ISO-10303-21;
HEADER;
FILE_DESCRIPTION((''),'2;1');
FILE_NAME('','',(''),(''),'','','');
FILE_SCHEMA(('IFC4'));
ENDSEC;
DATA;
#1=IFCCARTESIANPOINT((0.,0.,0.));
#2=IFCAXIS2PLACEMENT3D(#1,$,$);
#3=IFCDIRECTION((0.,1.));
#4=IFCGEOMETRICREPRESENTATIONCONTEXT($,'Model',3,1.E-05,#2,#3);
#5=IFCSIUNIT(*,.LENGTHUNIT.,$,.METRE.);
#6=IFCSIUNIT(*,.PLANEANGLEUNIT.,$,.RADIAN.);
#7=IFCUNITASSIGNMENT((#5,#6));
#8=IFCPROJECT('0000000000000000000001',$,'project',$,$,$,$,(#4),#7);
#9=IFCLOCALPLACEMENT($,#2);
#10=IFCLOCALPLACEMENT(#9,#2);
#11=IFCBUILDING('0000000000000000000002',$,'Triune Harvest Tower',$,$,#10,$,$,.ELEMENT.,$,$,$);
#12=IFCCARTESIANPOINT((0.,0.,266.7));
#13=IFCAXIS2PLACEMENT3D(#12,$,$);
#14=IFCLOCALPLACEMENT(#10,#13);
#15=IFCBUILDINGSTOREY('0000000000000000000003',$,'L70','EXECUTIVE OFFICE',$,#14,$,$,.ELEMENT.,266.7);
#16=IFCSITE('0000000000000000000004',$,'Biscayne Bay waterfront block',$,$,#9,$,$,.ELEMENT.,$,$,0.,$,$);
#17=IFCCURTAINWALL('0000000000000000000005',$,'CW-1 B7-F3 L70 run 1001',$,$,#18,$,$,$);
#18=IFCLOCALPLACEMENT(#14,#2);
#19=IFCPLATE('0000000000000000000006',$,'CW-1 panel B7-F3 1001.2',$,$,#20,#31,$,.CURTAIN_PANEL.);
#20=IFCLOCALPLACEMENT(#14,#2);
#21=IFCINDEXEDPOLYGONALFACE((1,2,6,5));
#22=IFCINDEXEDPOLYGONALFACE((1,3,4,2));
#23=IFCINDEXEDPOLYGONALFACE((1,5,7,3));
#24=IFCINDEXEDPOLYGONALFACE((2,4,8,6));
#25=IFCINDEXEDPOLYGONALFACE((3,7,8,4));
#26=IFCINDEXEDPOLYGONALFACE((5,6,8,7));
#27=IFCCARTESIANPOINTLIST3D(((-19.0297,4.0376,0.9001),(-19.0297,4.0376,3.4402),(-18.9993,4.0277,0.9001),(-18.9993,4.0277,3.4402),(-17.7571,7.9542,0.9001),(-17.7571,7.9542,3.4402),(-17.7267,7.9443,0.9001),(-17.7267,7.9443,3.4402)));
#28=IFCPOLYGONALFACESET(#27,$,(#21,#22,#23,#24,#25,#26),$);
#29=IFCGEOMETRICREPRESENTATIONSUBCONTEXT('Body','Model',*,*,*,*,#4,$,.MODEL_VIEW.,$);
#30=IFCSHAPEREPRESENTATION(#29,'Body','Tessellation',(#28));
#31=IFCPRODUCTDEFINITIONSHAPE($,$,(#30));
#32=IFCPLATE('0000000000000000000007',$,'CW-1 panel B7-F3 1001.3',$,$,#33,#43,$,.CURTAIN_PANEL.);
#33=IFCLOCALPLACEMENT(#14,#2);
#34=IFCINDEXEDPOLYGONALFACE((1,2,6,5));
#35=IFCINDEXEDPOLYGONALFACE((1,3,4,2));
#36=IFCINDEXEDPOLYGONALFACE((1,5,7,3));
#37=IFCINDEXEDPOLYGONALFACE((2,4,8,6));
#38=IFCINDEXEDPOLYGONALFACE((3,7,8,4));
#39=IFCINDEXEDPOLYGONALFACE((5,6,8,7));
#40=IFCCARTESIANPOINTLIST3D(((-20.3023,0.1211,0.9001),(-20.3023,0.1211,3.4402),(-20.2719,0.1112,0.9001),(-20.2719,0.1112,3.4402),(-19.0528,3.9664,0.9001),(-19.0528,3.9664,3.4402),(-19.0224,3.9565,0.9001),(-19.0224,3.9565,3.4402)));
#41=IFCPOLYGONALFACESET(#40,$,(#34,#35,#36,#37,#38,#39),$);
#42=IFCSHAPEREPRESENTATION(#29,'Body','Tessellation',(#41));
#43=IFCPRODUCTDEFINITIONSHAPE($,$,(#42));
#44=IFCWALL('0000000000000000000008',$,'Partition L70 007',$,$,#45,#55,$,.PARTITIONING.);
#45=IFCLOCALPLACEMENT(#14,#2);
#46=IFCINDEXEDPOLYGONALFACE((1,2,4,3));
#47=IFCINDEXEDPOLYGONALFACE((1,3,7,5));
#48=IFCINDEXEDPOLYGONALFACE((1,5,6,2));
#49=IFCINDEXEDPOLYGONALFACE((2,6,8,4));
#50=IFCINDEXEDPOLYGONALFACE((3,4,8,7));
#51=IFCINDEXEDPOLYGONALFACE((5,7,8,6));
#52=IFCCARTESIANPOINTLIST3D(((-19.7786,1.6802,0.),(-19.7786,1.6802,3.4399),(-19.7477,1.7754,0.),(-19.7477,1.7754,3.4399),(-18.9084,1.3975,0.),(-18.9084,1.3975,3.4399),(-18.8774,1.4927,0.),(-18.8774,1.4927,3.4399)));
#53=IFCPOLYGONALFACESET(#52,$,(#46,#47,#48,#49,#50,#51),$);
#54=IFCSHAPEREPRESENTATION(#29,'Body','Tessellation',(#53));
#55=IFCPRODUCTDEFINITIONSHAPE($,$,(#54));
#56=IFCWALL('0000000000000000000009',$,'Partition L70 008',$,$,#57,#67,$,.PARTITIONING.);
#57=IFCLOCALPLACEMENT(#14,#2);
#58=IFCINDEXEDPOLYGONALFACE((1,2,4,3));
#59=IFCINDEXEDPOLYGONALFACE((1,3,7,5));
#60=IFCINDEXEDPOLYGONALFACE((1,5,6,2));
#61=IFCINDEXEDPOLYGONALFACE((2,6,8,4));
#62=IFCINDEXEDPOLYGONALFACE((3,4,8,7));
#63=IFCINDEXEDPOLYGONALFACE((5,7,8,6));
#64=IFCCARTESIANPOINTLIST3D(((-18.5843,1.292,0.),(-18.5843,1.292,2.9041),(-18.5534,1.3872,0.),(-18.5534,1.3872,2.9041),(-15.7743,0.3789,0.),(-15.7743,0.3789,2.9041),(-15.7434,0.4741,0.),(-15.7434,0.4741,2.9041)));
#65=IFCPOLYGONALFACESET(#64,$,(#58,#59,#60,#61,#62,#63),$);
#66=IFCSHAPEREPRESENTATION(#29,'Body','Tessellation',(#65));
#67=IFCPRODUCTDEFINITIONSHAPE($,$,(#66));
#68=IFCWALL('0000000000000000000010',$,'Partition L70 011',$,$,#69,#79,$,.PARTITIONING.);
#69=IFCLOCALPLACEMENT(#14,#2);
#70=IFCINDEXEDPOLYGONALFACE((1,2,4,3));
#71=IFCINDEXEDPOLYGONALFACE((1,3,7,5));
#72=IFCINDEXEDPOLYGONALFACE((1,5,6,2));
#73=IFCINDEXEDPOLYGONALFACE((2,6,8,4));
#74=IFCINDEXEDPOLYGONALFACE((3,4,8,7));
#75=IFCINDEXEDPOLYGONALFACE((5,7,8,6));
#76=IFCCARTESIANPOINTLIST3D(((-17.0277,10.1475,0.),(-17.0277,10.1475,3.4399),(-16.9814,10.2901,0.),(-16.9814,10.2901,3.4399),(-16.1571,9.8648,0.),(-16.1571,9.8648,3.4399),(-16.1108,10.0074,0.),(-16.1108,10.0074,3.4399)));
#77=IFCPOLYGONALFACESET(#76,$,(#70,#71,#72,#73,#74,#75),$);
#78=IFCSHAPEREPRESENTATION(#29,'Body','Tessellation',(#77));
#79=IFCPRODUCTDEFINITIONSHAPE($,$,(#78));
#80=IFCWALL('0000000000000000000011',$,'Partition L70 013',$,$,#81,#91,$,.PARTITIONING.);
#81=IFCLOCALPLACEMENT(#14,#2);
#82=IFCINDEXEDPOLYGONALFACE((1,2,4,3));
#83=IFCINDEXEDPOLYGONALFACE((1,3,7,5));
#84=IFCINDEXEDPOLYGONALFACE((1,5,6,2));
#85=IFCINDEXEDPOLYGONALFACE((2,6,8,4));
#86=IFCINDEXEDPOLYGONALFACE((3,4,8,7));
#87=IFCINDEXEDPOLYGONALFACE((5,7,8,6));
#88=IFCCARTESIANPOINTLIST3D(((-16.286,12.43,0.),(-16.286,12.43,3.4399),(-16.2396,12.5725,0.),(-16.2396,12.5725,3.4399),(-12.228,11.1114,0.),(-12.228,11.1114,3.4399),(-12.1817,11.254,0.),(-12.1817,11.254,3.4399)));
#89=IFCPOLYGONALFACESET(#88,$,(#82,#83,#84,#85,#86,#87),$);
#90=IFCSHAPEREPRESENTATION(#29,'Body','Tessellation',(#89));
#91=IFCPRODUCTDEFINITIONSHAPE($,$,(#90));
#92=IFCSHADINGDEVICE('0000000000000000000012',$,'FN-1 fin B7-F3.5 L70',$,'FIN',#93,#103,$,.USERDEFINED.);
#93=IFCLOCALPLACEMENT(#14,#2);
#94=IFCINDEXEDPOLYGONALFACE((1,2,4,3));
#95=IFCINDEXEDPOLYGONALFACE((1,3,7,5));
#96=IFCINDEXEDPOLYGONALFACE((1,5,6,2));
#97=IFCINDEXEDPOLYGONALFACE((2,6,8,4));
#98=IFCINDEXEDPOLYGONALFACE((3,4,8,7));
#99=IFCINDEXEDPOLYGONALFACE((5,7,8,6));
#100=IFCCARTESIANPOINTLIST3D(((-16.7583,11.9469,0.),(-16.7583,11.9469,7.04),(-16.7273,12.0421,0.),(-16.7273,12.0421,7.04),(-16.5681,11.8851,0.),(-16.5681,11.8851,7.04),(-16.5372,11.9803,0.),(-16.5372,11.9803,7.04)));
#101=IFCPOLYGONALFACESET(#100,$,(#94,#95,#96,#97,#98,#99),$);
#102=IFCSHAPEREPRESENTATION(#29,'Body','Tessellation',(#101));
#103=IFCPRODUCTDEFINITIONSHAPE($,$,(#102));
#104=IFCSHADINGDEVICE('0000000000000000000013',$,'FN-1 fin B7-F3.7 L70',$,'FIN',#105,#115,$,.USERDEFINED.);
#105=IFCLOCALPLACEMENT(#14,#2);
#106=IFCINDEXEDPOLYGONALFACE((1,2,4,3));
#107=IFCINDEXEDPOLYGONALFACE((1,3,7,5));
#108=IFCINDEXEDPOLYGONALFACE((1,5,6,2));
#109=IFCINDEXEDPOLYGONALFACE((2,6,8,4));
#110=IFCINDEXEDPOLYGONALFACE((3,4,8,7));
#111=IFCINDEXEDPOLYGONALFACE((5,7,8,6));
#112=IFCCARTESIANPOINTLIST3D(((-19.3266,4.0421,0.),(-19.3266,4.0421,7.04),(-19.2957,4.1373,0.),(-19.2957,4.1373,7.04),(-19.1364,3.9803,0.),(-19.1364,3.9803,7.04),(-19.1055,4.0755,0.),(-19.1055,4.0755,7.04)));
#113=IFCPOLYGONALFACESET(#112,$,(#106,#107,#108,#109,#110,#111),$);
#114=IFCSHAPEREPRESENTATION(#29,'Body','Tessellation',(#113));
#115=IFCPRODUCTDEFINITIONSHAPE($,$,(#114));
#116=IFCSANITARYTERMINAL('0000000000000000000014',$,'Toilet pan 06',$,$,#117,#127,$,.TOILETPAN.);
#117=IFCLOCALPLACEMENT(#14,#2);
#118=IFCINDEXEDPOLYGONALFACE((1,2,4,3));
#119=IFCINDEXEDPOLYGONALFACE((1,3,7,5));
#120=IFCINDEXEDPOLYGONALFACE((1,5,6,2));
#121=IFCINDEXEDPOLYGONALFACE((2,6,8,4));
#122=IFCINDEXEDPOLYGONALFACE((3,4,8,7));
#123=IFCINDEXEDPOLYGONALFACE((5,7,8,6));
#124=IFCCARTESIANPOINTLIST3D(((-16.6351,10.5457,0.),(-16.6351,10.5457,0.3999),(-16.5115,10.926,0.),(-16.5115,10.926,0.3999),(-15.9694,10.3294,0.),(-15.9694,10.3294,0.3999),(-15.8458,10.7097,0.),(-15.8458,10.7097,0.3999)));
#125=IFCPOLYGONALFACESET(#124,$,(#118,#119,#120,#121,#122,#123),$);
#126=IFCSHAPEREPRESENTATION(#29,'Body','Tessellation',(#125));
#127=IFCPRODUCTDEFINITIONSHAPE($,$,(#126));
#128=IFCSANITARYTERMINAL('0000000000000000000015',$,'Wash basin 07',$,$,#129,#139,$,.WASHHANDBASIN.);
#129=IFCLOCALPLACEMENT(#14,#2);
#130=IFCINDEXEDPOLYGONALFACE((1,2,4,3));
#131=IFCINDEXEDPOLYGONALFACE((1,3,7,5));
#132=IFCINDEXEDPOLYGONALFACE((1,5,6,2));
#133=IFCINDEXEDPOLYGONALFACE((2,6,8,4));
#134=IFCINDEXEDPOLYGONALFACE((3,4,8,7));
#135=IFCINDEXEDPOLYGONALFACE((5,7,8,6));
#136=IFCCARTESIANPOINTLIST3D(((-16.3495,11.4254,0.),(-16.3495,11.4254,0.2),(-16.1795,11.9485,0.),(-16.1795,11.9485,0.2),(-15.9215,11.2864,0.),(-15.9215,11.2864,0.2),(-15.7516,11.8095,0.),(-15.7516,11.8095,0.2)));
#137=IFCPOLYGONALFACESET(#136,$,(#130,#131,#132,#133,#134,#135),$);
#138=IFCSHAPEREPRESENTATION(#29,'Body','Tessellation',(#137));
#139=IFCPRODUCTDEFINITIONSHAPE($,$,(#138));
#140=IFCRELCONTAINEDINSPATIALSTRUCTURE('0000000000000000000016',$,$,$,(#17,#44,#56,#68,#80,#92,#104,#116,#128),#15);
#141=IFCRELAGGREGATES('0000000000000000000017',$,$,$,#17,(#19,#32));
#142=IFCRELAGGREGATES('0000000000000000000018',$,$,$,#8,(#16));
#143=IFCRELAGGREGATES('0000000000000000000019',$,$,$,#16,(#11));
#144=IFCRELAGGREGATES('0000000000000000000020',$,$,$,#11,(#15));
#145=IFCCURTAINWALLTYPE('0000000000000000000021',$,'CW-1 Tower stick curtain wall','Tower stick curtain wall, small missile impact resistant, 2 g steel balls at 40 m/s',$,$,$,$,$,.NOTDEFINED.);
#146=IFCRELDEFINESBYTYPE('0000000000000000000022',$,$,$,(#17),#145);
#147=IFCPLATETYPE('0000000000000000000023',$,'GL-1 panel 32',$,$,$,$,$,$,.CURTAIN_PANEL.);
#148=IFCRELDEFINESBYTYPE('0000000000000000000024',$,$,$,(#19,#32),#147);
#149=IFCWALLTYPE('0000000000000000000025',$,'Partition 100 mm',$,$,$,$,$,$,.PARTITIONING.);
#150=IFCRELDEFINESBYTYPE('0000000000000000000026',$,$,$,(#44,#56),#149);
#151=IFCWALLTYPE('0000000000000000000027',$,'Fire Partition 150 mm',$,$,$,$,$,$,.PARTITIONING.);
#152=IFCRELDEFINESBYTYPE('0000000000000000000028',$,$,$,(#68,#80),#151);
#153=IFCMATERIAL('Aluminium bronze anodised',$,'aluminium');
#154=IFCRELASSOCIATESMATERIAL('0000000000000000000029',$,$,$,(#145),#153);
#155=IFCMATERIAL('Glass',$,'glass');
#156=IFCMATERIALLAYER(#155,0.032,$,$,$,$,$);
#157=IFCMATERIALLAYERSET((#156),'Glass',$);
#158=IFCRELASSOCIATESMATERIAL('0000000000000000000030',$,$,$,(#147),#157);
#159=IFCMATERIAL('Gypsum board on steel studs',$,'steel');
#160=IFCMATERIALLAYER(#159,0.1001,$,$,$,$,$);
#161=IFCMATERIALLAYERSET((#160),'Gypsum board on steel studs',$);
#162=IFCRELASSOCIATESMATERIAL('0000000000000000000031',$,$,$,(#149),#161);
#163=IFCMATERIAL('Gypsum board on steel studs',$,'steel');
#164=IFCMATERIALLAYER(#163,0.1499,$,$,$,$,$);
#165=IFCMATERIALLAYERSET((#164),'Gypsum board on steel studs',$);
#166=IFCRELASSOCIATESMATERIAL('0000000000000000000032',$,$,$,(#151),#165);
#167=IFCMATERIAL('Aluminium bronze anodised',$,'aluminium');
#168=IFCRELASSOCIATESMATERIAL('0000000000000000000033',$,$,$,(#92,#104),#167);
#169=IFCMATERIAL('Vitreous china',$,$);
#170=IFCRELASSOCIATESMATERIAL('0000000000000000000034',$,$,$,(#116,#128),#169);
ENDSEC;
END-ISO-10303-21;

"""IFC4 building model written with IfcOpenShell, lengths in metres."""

from ifc_helpers import new_model, si_unit, direction, frame, frame_2d, origin, origin_2d, place, context, subcontext, project, spatial, rectangle, extrude, source, transform, mapped, material, layer, layer_set, type_object, element, aggregate, save


model = new_model("IFC4")

# Units and contexts
model_context = context("Model", 3, precision=1e-05, world=origin(), true_north=direction((0.0, 1.0)))
body_context = subcontext(model_context, "Body", "Model", "MODEL_VIEW")
ifc_project = project(units=[si_unit("LENGTHUNIT", "METRE"), si_unit("PLANEANGLEUNIT", "RADIAN")], contexts=[model_context])

# Site, building, storey
site_placement = place(None, origin())
site = spatial("IfcSite", under=ifc_project, at=site_placement, Name="Biscayne Bay waterfront block", CompositionType="ELEMENT", RefElevation=0.0)
building_placement = place(site_placement, origin())
building = spatial("IfcBuilding", under=site, at=building_placement, Name="Triune Harvest Tower", CompositionType="ELEMENT")
storey_placement = place(building_placement, frame((0.0, 0.0, 266.7)))
storey = spatial("IfcBuildingStorey", under=building, at=storey_placement, Name="L70", Description="EXECUTIVE OFFICE", CompositionType="ELEMENT", Elevation=266.7)

# Curtain wall, plates
ifc_material_1 = material(Name="Aluminium bronze anodised", Category="aluminium")
curtain_wall_type_1 = type_object("IfcCurtainWallType", Name="CW-1 Tower stick curtain wall", Description="Tower stick curtain wall, small missile impact resistant, 2 g steel balls at 40 m/s", PredefinedType="NOTDEFINED", material=ifc_material_1)
curtain_wall_1_placement = place(storey_placement, origin())
curtain_wall_1 = element("IfcCurtainWall", 1, at=curtain_wall_1_placement, inside=storey, type_object=curtain_wall_type_1, Name="CW-1 B7-F3 L70 run 1001")
ifc_material_2 = material(Name="Glass", Category="glass")
ifc_layer_1 = layer(ifc_material_2, 0.032)
ifc_layer_set_1 = layer_set([ifc_layer_1], Name="Glass")
plate_type = type_object("IfcPlateType", Name="GL-1 panel 32", PredefinedType="CURTAIN_PANEL", material=ifc_layer_set_1)
shared_shape_1 = source(origin(), body_context, "Body", "SweptSolid", [
    extrude(rectangle(XDim=4.1182, YDim=0.032, at=origin_2d()), origin(), (0.0, 0.0, 1.0), 2.54),
])
plate_1_placement = place(storey_placement, frame((-18.3782, 5.991, 0.9001), z_axis=(0.0, 0.0, 1.0), x_axis=(-0.309024, -0.951054, 0.0)))
plate_1 = element("IfcPlate", 2, at=plate_1_placement, type_object=plate_type, Name="CW-1 panel B7-F3 1001.2", PredefinedType="CURTAIN_PANEL", context=body_context, shape_type="MappedRepresentation", body=[
    mapped(shared_shape_1, transform((0.0, 0.0, 0.0), scale=1.0)),
])
shared_shape_2 = source(origin(), body_context, "Body", "SweptSolid", [
    extrude(rectangle(XDim=4.0432, YDim=0.032, at=origin_2d()), origin(), (0.0, 0.0, 1.0), 2.54),
])
plate_2_placement = place(storey_placement, frame((-19.6624, 2.0388, 0.9001), z_axis=(0.0, 0.0, 1.0), x_axis=(-0.309024, -0.951054, 0.0)))
plate_2 = element("IfcPlate", 3, at=plate_2_placement, type_object=plate_type, Name="CW-1 panel B7-F3 1001.3", PredefinedType="CURTAIN_PANEL", context=body_context, shape_type="MappedRepresentation", body=[
    mapped(shared_shape_2, transform((0.0, 0.0, 0.0), scale=1.0)),
])
aggregate(curtain_wall_1, [plate_1, plate_2])

# Walls
ifc_material_3 = material(Name="Gypsum board on steel studs", Category="steel")
ifc_layer_2 = layer(ifc_material_3, 0.1001)
ifc_layer_set_2 = layer_set([ifc_layer_2], Name="Gypsum board on steel studs")
wall_type_1 = type_object("IfcWallType", Name="Partition 100 mm", PredefinedType="PARTITIONING", material=ifc_layer_set_2)
shared_shape_3 = source(origin(), body_context, "Body", "SweptSolid", [
    extrude(rectangle(XDim=0.915, YDim=0.1001, at=frame_2d((0.4575, 0.0))), origin(), (0.0, 0.0, 1.0), 3.4399),
])
wall_1_placement = place(storey_placement, frame((-19.7632, 1.7278, 0.0), z_axis=(0.0, 0.0, 1.0), x_axis=(0.951083, -0.308935, 0.0)))
element("IfcWall", 4, at=wall_1_placement, inside=storey, type_object=wall_type_1, Name="Partition L70 007", PredefinedType="PARTITIONING", context=body_context, shape_type="MappedRepresentation", body=[
    mapped(shared_shape_3, transform((0.0, 0.0, 0.0), scale=1.0)),
])
shared_shape_4 = source(origin(), body_context, "Body", "SweptSolid", [
    extrude(rectangle(XDim=2.9546, YDim=0.1001, at=frame_2d((1.4773, 0.0))), origin(), (0.0, 0.0, 1.0), 2.9041),
])
wall_2_placement = place(storey_placement, frame((-18.5688, 1.3396, 0.0), z_axis=(0.0, 0.0, 1.0), x_axis=(0.951052, -0.30903, 0.0)))
element("IfcWall", 5, at=wall_2_placement, inside=storey, type_object=wall_type_1, Name="Partition L70 008", PredefinedType="PARTITIONING", context=body_context, shape_type="MappedRepresentation", body=[
    mapped(shared_shape_4, transform((0.0, 0.0, 0.0), scale=1.0)),
])
ifc_material_4 = material(Name="Gypsum board on steel studs", Category="steel")
ifc_layer_3 = layer(ifc_material_4, 0.1499)
ifc_layer_set_3 = layer_set([ifc_layer_3], Name="Gypsum board on steel studs")
wall_type_2 = type_object("IfcWallType", Name="Fire Partition 150 mm", PredefinedType="PARTITIONING", material=ifc_layer_set_3)
shared_shape_5 = source(origin(), body_context, "Body", "SweptSolid", [
    extrude(rectangle(XDim=0.9153, YDim=0.1499, at=frame_2d((0.4575, 0.0))), origin(), (0.0, 0.0, 1.0), 3.4399),
])
wall_3_placement = place(storey_placement, frame((-17.0044, 10.2188, 0.0), z_axis=(0.0, 0.0, 1.0), x_axis=(0.951109, -0.308857, 0.0)))
element("IfcWall", 6, at=wall_3_placement, inside=storey, type_object=wall_type_2, Name="Partition L70 011", PredefinedType="PARTITIONING", context=body_context, shape_type="MappedRepresentation", body=[
    mapped(shared_shape_5, transform((0.0, 0.0, 0.0), scale=1.0)),
])
shared_shape_6 = source(origin(), body_context, "Body", "SweptSolid", [
    extrude(rectangle(XDim=4.2668, YDim=0.1499, at=frame_2d((2.1333, 0.0))), origin(), (0.0, 0.0, 1.0), 3.4399),
])
wall_4_placement = place(storey_placement, frame((-16.2627, 12.5012, 0.0), z_axis=(0.0, 0.0, 1.0), x_axis=(0.951053, -0.309027, 0.0)))
element("IfcWall", 7, at=wall_4_placement, inside=storey, type_object=wall_type_2, Name="Partition L70 013", PredefinedType="PARTITIONING", context=body_context, shape_type="MappedRepresentation", body=[
    mapped(shared_shape_6, transform((0.0, 0.0, 0.0), scale=1.0)),
])

# Shading devices
ifc_material_5 = material(Name="Aluminium bronze anodised", Category="aluminium")
shared_shape_7 = source(origin(), body_context, "Body", "SweptSolid", [
    extrude(rectangle(XDim=0.1001, YDim=0.2, at=origin_2d()), origin(), (0.0, 0.0, 1.0), 7.04),
])
for number, where, z_axis, x_axis, name in (
    (8, (-16.6477, 11.9636, 0.0), (0.0, 0.0, 1.0), (-0.309016, -0.951057, 0.0), "FN-1 fin B7-F3.5 L70"),
    (9, (-19.2161, 4.0588, 0.0), (0.0, 0.0, 1.0), (-0.309016, -0.951057, 0.0), "FN-1 fin B7-F3.7 L70"),
):
    element("IfcShadingDevice", number, at=place(storey_placement, frame(where, z_axis=z_axis, x_axis=x_axis)), inside=storey, material=ifc_material_5, Name=name, ObjectType="FIN", PredefinedType="USERDEFINED", context=body_context, shape_type="MappedRepresentation", body=[
        mapped(shared_shape_7, transform((0.0, 0.0, 0.0), scale=1.0)),
    ])

# Sanitary terminals
ifc_material_6 = material(Name="Vitreous china")
shared_shape_8 = source(origin(), body_context, "Body", "SweptSolid", [
    extrude(rectangle(XDim=0.3999, YDim=0.7, at=origin_2d()), origin(), (0.0, 0.0, 1.0), 0.3999),
])
sanitary_terminal_1_placement = place(storey_placement, frame((-16.2405, 10.6277, 0.0), z_axis=(0.0, 0.0, 1.0), x_axis=(0.308984, 0.951067, 0.0)))
element("IfcSanitaryTerminal", 10, at=sanitary_terminal_1_placement, inside=storey, material=ifc_material_6, Name="Toilet pan 06", PredefinedType="TOILETPAN", context=body_context, shape_type="MappedRepresentation", body=[
    mapped(shared_shape_8, transform((0.0, 0.0, 0.0), scale=1.0)),
])
shared_shape_9 = source(origin(), body_context, "Body", "SweptSolid", [
    extrude(rectangle(XDim=0.55, YDim=0.45, at=origin_2d()), origin(), (0.0, 0.0, 1.0), 0.2),
])
sanitary_terminal_2_placement = place(storey_placement, frame((-16.0505, 11.6174, 0.0), z_axis=(0.0, 0.0, 1.0), x_axis=(0.308984, 0.951067, 0.0)))
element("IfcSanitaryTerminal", 11, at=sanitary_terminal_2_placement, inside=storey, material=ifc_material_6, Name="Wash basin 07", PredefinedType="WASHHANDBASIN", context=body_context, shape_type="MappedRepresentation", body=[
    mapped(shared_shape_9, transform((0.0, 0.0, 0.0), scale=1.0)),
])

save(model, "model.ifc")
